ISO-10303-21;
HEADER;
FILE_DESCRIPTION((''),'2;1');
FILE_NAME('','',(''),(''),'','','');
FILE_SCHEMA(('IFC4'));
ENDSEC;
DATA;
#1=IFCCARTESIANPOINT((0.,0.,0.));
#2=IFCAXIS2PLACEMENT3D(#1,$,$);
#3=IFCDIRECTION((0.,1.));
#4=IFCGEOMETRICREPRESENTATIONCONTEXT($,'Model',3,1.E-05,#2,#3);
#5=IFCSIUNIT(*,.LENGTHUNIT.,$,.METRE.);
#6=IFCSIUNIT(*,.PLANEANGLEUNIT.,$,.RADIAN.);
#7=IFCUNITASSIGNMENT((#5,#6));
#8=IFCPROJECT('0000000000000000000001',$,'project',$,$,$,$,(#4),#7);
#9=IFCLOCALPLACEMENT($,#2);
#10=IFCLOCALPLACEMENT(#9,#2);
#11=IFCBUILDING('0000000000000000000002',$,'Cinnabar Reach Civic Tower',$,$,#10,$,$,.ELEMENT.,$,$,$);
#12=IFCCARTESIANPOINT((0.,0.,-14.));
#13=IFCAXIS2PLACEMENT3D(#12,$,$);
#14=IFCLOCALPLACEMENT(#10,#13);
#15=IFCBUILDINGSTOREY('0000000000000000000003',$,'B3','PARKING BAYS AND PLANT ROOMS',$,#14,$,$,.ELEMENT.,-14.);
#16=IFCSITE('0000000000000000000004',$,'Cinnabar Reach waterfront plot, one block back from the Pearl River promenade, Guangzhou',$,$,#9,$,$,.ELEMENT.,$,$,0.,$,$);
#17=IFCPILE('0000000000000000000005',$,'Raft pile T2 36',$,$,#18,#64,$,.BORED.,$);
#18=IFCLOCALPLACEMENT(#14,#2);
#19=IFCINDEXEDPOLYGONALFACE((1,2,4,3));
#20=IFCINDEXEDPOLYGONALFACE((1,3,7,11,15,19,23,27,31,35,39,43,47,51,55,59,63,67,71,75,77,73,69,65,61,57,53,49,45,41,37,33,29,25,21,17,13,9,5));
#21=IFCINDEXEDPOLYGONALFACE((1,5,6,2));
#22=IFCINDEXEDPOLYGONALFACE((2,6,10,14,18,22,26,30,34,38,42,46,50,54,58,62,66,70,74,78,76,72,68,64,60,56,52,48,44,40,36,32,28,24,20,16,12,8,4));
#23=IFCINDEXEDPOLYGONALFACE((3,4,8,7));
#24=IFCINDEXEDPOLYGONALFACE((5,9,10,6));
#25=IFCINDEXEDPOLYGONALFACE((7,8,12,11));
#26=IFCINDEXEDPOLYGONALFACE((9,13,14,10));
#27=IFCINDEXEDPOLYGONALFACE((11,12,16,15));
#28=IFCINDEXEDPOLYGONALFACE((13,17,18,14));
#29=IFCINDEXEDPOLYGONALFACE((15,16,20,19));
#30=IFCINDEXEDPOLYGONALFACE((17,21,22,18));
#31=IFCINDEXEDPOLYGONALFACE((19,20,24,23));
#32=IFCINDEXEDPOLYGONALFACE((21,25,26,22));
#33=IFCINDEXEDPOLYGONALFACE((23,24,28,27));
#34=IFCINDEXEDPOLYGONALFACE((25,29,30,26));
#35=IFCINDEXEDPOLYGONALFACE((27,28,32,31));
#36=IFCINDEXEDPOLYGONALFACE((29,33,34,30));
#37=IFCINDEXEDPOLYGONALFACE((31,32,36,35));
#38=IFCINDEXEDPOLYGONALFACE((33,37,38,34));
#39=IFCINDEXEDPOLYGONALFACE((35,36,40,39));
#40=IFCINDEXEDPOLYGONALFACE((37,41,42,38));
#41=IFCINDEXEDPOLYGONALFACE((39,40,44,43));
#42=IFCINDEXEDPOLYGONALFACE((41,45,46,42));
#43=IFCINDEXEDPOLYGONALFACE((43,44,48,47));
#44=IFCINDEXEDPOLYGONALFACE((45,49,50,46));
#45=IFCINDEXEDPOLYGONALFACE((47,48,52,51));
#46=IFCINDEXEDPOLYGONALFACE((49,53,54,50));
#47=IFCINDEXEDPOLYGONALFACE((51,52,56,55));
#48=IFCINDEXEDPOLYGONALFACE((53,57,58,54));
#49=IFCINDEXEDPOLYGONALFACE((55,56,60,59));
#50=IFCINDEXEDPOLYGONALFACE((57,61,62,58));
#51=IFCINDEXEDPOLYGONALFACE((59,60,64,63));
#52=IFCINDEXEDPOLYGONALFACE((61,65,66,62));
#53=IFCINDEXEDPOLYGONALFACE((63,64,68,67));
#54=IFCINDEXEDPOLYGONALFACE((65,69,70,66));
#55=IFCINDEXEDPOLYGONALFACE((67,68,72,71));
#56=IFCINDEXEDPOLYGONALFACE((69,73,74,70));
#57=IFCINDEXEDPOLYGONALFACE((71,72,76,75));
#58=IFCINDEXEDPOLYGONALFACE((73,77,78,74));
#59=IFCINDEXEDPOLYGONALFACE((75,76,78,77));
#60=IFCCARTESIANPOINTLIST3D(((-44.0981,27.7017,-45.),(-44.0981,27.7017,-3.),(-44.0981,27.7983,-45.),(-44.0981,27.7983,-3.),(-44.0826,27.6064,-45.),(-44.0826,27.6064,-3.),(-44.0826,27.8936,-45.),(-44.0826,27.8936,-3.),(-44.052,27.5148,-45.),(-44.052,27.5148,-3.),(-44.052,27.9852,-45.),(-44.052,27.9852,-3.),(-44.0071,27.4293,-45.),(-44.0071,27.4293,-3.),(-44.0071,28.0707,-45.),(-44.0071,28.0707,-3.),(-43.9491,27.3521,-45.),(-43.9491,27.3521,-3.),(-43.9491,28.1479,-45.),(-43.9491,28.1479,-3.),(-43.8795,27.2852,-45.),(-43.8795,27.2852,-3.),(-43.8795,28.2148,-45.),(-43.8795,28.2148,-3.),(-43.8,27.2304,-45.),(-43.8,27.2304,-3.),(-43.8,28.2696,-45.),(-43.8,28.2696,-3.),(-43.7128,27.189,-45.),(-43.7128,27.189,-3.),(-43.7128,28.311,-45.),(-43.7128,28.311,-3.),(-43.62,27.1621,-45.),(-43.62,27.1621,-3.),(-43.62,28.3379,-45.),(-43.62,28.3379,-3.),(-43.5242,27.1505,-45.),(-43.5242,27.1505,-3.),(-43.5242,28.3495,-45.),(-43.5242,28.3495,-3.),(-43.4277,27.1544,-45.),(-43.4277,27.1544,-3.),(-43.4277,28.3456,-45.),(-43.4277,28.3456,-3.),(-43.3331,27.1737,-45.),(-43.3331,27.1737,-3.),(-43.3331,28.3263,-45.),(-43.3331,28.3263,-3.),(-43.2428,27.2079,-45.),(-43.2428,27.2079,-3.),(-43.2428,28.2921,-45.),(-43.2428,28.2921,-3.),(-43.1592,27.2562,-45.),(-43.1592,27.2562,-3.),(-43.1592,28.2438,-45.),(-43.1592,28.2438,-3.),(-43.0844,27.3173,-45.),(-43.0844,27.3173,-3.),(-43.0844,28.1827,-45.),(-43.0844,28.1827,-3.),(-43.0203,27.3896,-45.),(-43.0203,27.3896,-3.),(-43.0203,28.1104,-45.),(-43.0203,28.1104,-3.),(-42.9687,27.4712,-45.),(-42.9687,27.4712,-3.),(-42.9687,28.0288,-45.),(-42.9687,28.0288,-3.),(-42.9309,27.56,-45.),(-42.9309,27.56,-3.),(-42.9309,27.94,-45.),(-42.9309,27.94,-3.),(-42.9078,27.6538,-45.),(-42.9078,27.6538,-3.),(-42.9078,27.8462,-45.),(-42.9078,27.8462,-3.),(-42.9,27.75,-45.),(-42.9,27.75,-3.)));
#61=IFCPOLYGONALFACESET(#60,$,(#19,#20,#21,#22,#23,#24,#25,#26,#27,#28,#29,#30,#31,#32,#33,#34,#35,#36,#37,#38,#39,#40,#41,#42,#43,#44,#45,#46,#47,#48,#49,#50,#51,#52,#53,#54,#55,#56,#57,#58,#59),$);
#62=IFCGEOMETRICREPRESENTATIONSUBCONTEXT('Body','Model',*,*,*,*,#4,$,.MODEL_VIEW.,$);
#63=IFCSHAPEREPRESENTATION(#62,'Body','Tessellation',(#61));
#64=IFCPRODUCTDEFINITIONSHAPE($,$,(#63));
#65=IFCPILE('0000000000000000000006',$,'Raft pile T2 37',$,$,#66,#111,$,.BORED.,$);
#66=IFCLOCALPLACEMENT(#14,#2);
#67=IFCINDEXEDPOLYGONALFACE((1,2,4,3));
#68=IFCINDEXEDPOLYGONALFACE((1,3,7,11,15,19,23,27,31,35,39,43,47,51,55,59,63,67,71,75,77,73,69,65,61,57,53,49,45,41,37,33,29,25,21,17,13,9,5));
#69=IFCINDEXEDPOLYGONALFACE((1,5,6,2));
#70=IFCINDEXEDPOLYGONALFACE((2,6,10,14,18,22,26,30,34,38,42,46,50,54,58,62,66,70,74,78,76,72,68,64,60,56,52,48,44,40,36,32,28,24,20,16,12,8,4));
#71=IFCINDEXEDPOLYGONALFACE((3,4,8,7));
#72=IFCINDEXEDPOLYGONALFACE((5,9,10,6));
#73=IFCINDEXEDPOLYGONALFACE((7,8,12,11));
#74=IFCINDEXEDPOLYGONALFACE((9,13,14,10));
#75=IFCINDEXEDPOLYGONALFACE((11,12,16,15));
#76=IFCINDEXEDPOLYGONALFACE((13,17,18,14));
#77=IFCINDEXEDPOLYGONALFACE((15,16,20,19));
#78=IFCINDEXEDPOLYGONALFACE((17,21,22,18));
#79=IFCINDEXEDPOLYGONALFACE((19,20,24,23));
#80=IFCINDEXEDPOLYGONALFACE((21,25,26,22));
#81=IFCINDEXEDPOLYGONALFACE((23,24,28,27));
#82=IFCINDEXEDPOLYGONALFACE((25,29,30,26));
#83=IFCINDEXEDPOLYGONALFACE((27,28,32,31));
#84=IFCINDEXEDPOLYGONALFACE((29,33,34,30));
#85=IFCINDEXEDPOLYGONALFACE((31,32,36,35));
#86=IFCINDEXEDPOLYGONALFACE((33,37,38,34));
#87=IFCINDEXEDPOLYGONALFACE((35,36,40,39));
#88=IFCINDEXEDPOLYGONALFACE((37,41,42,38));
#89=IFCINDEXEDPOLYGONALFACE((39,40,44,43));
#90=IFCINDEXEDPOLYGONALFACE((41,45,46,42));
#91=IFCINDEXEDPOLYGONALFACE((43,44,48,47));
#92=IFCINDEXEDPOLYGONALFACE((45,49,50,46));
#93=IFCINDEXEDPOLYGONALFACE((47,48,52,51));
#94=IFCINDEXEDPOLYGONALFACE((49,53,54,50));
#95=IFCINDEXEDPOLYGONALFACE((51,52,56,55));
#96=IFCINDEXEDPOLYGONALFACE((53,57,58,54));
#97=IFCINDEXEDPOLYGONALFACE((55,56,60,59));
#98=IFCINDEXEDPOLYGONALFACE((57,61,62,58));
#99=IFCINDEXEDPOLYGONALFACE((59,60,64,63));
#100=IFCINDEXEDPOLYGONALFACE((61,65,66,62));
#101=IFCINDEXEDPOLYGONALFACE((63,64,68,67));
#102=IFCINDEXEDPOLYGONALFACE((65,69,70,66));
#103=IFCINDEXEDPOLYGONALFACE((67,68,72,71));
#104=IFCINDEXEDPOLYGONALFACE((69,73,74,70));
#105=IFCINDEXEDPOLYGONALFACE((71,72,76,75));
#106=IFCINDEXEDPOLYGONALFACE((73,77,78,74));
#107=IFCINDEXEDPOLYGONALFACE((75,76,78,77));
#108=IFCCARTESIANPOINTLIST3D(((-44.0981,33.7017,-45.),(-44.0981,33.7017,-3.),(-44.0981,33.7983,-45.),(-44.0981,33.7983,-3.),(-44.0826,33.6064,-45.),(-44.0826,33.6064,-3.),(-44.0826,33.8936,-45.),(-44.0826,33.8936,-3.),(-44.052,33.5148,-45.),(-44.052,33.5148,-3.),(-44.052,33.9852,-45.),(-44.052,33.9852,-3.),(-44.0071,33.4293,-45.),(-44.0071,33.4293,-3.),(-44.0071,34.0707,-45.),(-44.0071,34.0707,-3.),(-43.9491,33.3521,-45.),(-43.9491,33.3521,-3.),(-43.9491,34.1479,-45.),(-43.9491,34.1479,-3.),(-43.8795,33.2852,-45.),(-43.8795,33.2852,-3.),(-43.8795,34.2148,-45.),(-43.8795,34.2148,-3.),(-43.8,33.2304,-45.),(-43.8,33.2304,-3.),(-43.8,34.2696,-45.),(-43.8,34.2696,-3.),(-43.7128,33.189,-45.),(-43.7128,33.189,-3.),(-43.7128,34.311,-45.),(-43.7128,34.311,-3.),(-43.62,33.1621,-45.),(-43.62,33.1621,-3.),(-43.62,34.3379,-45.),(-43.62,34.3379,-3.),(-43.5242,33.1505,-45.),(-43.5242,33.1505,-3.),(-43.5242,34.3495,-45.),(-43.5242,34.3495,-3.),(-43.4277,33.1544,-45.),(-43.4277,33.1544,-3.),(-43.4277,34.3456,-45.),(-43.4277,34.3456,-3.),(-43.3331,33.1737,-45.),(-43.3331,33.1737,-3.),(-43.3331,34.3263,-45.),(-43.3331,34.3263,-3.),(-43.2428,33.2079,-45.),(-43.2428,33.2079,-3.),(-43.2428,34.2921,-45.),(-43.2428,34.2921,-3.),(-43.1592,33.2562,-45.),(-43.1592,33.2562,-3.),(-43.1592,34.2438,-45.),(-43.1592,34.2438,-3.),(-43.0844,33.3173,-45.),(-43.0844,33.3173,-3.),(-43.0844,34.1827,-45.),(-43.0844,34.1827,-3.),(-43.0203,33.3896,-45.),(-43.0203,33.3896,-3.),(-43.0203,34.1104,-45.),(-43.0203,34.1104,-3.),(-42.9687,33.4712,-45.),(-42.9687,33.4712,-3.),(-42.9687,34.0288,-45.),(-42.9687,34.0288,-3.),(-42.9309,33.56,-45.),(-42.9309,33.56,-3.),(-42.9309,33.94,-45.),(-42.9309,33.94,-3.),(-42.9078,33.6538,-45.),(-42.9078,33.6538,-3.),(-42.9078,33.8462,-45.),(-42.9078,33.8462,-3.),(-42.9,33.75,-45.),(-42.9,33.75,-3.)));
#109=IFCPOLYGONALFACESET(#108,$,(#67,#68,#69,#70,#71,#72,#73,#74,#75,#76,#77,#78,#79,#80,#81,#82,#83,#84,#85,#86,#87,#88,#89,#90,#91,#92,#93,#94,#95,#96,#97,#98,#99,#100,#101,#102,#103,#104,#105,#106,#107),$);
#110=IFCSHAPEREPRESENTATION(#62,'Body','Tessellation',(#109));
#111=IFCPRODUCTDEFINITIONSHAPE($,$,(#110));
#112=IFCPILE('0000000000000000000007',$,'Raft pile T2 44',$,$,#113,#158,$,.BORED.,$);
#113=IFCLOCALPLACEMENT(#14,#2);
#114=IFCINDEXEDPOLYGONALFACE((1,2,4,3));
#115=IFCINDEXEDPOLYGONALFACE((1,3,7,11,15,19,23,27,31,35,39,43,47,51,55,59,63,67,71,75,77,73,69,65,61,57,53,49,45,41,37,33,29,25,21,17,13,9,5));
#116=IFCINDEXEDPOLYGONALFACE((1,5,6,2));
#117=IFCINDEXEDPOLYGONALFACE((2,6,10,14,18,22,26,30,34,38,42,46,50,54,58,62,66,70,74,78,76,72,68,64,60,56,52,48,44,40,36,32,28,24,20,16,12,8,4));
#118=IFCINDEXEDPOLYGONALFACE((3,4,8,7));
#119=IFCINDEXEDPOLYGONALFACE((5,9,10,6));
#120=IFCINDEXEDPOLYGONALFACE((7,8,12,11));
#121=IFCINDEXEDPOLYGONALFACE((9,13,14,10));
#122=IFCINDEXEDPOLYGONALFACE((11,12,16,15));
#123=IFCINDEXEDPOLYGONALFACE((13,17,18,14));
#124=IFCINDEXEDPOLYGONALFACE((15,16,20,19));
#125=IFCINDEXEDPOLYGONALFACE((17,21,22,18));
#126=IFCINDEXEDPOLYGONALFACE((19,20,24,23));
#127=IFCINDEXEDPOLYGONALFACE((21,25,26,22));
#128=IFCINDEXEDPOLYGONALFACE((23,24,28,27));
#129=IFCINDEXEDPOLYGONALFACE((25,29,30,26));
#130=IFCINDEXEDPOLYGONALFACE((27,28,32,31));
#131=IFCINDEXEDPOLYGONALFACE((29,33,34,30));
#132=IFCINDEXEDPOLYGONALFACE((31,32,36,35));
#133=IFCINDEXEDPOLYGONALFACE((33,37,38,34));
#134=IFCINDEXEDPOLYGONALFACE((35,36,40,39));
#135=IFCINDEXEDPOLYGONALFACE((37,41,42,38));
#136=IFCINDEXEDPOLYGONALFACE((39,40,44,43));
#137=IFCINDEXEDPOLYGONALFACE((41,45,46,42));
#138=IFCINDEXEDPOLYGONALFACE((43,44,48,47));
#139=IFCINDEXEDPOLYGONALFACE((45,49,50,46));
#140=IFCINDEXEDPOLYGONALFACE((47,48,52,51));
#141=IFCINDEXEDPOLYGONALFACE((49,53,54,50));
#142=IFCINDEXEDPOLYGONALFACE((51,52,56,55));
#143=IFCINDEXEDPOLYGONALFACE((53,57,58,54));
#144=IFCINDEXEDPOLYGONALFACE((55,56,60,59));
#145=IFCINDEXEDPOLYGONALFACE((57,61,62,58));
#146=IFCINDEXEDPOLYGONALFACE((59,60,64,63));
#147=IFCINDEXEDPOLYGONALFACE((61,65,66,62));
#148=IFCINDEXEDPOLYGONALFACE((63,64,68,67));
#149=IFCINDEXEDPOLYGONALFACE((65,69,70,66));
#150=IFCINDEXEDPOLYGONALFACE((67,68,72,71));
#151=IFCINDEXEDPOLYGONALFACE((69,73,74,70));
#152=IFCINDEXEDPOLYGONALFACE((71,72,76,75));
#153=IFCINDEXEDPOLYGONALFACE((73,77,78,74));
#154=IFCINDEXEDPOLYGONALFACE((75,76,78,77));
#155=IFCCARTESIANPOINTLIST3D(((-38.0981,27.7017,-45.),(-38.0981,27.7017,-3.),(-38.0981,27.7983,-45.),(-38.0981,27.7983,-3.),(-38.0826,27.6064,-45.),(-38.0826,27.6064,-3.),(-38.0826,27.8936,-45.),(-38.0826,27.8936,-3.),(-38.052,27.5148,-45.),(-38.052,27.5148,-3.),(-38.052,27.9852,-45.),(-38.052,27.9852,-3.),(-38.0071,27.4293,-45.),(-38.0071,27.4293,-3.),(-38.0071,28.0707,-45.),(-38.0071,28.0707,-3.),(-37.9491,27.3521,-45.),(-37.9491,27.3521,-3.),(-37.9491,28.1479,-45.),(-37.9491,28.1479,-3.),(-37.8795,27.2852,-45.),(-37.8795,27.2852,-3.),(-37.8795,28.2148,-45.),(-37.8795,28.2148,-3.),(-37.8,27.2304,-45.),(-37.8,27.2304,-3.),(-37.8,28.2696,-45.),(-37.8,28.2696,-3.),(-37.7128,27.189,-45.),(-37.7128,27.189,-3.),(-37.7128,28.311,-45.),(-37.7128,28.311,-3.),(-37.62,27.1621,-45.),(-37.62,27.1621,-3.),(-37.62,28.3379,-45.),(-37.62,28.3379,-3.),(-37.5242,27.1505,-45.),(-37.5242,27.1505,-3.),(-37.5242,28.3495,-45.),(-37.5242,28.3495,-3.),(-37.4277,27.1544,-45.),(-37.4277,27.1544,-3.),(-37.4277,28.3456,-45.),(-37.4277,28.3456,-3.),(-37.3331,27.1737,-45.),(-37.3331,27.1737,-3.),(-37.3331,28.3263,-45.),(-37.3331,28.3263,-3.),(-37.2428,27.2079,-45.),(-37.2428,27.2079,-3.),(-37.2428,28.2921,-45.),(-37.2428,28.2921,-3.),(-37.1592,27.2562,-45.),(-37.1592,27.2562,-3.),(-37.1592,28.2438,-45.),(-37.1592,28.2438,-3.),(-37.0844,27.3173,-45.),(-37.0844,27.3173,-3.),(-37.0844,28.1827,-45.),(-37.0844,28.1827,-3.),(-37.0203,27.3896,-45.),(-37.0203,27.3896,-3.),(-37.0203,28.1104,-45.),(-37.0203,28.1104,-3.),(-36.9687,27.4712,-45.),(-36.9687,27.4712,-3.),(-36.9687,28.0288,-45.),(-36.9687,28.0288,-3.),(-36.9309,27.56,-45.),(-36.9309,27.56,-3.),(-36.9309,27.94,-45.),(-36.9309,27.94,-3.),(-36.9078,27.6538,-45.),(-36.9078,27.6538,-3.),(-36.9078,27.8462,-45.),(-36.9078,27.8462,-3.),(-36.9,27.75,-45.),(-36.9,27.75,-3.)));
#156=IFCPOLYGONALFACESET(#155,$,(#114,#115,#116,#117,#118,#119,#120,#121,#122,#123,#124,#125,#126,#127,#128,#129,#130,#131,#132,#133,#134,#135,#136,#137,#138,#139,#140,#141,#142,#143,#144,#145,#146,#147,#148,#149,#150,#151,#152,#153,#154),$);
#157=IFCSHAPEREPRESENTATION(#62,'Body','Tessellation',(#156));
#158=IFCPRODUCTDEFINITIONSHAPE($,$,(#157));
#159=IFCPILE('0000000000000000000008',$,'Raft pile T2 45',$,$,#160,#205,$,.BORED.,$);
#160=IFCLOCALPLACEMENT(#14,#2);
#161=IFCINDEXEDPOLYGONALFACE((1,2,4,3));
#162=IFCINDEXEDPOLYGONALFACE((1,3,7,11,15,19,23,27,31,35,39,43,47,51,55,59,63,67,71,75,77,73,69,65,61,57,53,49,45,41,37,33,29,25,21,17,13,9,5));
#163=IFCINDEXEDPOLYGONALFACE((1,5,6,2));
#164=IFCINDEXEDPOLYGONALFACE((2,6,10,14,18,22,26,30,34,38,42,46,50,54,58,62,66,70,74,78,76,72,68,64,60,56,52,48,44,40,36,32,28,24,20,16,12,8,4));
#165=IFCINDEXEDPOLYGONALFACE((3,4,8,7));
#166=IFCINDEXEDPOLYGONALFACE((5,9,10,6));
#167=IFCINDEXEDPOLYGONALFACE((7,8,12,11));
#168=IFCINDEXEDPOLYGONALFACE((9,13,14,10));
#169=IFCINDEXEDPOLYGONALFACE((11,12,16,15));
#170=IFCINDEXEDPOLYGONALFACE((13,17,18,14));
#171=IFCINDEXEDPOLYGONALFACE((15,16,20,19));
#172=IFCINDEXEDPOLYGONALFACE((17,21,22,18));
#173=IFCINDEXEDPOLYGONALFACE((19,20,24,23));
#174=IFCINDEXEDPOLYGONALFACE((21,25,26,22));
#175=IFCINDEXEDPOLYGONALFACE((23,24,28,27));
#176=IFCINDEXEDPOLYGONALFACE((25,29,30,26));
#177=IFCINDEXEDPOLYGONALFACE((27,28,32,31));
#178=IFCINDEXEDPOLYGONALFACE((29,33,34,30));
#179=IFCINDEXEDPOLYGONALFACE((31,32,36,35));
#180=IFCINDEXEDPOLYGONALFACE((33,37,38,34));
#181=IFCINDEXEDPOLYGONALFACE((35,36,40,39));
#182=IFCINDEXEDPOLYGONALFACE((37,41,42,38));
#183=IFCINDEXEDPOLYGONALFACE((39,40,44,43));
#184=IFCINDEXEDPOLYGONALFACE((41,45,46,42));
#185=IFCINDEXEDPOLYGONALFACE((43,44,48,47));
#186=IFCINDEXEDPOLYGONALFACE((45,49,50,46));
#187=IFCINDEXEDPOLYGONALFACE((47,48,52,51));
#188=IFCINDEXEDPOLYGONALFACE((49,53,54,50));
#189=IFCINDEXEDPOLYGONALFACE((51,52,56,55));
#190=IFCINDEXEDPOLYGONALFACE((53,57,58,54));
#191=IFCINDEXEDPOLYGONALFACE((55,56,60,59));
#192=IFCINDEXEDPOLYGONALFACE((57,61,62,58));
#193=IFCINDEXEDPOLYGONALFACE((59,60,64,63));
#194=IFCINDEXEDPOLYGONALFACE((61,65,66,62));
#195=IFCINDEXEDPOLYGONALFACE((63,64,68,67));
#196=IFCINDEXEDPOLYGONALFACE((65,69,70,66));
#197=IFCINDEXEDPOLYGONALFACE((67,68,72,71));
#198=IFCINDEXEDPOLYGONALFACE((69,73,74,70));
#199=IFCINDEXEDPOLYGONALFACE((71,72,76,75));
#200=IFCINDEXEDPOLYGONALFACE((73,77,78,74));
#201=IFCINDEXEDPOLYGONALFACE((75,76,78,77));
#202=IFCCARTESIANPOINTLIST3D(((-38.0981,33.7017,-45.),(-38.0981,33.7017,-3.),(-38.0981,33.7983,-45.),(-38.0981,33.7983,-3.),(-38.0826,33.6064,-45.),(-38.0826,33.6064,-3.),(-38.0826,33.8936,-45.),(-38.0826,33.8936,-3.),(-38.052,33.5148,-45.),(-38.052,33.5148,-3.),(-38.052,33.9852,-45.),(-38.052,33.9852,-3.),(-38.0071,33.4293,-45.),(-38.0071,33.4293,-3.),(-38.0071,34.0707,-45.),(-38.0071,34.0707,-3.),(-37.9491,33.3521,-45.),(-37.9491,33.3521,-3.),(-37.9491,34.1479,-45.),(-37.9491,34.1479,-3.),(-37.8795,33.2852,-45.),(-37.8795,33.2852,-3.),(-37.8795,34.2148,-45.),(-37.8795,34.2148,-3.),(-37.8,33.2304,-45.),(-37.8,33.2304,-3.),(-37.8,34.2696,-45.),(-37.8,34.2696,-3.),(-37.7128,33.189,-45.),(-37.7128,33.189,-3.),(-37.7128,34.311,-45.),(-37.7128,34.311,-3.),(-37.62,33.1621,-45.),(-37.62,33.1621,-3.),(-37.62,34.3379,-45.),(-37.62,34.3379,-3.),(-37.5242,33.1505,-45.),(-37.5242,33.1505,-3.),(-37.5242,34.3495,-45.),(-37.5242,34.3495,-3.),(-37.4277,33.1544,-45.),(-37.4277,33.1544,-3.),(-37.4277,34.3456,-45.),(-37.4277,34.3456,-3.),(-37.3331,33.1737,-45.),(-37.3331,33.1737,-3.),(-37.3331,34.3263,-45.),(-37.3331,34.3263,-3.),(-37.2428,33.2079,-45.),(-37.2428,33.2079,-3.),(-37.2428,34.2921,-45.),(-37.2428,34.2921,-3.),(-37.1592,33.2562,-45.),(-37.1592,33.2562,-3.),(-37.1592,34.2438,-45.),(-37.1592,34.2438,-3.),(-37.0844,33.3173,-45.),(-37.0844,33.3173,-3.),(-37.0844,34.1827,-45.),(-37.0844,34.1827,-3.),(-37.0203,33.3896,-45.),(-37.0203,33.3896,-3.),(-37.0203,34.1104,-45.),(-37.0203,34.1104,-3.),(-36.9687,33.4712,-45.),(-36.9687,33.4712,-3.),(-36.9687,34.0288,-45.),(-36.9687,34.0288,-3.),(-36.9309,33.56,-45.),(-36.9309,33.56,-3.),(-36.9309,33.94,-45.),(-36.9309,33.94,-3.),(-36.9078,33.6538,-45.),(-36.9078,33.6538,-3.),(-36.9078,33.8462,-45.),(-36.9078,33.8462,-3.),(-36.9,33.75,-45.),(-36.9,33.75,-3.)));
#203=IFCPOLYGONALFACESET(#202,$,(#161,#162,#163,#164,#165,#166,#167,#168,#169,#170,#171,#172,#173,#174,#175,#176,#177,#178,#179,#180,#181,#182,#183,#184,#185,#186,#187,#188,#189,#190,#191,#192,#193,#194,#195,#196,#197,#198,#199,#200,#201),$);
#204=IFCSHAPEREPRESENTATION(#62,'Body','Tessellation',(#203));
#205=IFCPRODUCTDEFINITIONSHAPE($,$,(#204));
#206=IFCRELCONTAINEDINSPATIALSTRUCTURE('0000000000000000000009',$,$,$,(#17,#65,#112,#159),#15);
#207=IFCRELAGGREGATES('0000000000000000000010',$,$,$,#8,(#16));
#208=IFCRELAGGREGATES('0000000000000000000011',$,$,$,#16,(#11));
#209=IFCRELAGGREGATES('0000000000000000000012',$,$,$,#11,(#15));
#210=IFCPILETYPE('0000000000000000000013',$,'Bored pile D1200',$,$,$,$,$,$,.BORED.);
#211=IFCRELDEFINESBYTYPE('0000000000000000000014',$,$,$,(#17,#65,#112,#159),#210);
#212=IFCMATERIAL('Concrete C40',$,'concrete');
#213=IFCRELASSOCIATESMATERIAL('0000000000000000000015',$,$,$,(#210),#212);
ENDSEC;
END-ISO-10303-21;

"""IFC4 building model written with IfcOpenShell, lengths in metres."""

from ifc_helpers import new_model, si_unit, direction, frame, origin, origin_2d, place, context, subcontext, project, spatial, circle, extrude, material, type_object, element, save


model = new_model("IFC4")

# Units and contexts
model_context = context("Model", 3, precision=1e-05, world=origin(), true_north=direction((0.0, 1.0)))
body_context = subcontext(model_context, "Body", "Model", "MODEL_VIEW")
ifc_project = project(units=[si_unit("LENGTHUNIT", "METRE"), si_unit("PLANEANGLEUNIT", "RADIAN")], contexts=[model_context])

# Site, building, storey
site_placement = place(None, origin())
site = spatial("IfcSite", under=ifc_project, at=site_placement, Name="Cinnabar Reach waterfront plot, one block back from the Pearl River promenade, Guangzhou", CompositionType="ELEMENT", RefElevation=0.0)
building_placement = place(site_placement, origin())
building = spatial("IfcBuilding", under=site, at=building_placement, Name="Cinnabar Reach Civic Tower", CompositionType="ELEMENT")
storey_placement = place(building_placement, frame((0.0, 0.0, -14.0)))
storey = spatial("IfcBuildingStorey", under=building, at=storey_placement, Name="B3", Description="PARKING BAYS AND PLANT ROOMS", CompositionType="ELEMENT", Elevation=-14.0)

# Piles
ifc_material_1 = material(Name="Concrete C40", Category="concrete")
pile_type = type_object("IfcPileType", Name="Bored pile D1200", PredefinedType="BORED", material=ifc_material_1)
for number, where, z_axis, x_axis, name in (
    (1, (-43.5, 27.75, -3.0), (0.0, 0.0, -1.0), (1.0, 0.0, 0.0), "Raft pile T2 36"),
    (2, (-43.5, 33.75, -3.0), (0.0, 0.0, -1.0), (1.0, 0.0, 0.0), "Raft pile T2 37"),
    (3, (-37.5, 27.75, -3.0), (0.0, 0.0, -1.0), (1.0, 0.0, 0.0), "Raft pile T2 44"),
    (4, (-37.5, 33.75, -3.0), (0.0, 0.0, -1.0), (1.0, 0.0, 0.0), "Raft pile T2 45"),
):
    element("IfcPile", number, at=place(storey_placement, frame(where, z_axis=z_axis, x_axis=x_axis)), inside=storey, type_object=pile_type, Name=name, PredefinedType="BORED", context=body_context, shape_type="SweptSolid", body=[
        extrude(circle(Radius=0.6, at=origin_2d()), origin(), (0.0, 0.0, 1.0), 42.0),
    ])

save(model, "model.ifc")
